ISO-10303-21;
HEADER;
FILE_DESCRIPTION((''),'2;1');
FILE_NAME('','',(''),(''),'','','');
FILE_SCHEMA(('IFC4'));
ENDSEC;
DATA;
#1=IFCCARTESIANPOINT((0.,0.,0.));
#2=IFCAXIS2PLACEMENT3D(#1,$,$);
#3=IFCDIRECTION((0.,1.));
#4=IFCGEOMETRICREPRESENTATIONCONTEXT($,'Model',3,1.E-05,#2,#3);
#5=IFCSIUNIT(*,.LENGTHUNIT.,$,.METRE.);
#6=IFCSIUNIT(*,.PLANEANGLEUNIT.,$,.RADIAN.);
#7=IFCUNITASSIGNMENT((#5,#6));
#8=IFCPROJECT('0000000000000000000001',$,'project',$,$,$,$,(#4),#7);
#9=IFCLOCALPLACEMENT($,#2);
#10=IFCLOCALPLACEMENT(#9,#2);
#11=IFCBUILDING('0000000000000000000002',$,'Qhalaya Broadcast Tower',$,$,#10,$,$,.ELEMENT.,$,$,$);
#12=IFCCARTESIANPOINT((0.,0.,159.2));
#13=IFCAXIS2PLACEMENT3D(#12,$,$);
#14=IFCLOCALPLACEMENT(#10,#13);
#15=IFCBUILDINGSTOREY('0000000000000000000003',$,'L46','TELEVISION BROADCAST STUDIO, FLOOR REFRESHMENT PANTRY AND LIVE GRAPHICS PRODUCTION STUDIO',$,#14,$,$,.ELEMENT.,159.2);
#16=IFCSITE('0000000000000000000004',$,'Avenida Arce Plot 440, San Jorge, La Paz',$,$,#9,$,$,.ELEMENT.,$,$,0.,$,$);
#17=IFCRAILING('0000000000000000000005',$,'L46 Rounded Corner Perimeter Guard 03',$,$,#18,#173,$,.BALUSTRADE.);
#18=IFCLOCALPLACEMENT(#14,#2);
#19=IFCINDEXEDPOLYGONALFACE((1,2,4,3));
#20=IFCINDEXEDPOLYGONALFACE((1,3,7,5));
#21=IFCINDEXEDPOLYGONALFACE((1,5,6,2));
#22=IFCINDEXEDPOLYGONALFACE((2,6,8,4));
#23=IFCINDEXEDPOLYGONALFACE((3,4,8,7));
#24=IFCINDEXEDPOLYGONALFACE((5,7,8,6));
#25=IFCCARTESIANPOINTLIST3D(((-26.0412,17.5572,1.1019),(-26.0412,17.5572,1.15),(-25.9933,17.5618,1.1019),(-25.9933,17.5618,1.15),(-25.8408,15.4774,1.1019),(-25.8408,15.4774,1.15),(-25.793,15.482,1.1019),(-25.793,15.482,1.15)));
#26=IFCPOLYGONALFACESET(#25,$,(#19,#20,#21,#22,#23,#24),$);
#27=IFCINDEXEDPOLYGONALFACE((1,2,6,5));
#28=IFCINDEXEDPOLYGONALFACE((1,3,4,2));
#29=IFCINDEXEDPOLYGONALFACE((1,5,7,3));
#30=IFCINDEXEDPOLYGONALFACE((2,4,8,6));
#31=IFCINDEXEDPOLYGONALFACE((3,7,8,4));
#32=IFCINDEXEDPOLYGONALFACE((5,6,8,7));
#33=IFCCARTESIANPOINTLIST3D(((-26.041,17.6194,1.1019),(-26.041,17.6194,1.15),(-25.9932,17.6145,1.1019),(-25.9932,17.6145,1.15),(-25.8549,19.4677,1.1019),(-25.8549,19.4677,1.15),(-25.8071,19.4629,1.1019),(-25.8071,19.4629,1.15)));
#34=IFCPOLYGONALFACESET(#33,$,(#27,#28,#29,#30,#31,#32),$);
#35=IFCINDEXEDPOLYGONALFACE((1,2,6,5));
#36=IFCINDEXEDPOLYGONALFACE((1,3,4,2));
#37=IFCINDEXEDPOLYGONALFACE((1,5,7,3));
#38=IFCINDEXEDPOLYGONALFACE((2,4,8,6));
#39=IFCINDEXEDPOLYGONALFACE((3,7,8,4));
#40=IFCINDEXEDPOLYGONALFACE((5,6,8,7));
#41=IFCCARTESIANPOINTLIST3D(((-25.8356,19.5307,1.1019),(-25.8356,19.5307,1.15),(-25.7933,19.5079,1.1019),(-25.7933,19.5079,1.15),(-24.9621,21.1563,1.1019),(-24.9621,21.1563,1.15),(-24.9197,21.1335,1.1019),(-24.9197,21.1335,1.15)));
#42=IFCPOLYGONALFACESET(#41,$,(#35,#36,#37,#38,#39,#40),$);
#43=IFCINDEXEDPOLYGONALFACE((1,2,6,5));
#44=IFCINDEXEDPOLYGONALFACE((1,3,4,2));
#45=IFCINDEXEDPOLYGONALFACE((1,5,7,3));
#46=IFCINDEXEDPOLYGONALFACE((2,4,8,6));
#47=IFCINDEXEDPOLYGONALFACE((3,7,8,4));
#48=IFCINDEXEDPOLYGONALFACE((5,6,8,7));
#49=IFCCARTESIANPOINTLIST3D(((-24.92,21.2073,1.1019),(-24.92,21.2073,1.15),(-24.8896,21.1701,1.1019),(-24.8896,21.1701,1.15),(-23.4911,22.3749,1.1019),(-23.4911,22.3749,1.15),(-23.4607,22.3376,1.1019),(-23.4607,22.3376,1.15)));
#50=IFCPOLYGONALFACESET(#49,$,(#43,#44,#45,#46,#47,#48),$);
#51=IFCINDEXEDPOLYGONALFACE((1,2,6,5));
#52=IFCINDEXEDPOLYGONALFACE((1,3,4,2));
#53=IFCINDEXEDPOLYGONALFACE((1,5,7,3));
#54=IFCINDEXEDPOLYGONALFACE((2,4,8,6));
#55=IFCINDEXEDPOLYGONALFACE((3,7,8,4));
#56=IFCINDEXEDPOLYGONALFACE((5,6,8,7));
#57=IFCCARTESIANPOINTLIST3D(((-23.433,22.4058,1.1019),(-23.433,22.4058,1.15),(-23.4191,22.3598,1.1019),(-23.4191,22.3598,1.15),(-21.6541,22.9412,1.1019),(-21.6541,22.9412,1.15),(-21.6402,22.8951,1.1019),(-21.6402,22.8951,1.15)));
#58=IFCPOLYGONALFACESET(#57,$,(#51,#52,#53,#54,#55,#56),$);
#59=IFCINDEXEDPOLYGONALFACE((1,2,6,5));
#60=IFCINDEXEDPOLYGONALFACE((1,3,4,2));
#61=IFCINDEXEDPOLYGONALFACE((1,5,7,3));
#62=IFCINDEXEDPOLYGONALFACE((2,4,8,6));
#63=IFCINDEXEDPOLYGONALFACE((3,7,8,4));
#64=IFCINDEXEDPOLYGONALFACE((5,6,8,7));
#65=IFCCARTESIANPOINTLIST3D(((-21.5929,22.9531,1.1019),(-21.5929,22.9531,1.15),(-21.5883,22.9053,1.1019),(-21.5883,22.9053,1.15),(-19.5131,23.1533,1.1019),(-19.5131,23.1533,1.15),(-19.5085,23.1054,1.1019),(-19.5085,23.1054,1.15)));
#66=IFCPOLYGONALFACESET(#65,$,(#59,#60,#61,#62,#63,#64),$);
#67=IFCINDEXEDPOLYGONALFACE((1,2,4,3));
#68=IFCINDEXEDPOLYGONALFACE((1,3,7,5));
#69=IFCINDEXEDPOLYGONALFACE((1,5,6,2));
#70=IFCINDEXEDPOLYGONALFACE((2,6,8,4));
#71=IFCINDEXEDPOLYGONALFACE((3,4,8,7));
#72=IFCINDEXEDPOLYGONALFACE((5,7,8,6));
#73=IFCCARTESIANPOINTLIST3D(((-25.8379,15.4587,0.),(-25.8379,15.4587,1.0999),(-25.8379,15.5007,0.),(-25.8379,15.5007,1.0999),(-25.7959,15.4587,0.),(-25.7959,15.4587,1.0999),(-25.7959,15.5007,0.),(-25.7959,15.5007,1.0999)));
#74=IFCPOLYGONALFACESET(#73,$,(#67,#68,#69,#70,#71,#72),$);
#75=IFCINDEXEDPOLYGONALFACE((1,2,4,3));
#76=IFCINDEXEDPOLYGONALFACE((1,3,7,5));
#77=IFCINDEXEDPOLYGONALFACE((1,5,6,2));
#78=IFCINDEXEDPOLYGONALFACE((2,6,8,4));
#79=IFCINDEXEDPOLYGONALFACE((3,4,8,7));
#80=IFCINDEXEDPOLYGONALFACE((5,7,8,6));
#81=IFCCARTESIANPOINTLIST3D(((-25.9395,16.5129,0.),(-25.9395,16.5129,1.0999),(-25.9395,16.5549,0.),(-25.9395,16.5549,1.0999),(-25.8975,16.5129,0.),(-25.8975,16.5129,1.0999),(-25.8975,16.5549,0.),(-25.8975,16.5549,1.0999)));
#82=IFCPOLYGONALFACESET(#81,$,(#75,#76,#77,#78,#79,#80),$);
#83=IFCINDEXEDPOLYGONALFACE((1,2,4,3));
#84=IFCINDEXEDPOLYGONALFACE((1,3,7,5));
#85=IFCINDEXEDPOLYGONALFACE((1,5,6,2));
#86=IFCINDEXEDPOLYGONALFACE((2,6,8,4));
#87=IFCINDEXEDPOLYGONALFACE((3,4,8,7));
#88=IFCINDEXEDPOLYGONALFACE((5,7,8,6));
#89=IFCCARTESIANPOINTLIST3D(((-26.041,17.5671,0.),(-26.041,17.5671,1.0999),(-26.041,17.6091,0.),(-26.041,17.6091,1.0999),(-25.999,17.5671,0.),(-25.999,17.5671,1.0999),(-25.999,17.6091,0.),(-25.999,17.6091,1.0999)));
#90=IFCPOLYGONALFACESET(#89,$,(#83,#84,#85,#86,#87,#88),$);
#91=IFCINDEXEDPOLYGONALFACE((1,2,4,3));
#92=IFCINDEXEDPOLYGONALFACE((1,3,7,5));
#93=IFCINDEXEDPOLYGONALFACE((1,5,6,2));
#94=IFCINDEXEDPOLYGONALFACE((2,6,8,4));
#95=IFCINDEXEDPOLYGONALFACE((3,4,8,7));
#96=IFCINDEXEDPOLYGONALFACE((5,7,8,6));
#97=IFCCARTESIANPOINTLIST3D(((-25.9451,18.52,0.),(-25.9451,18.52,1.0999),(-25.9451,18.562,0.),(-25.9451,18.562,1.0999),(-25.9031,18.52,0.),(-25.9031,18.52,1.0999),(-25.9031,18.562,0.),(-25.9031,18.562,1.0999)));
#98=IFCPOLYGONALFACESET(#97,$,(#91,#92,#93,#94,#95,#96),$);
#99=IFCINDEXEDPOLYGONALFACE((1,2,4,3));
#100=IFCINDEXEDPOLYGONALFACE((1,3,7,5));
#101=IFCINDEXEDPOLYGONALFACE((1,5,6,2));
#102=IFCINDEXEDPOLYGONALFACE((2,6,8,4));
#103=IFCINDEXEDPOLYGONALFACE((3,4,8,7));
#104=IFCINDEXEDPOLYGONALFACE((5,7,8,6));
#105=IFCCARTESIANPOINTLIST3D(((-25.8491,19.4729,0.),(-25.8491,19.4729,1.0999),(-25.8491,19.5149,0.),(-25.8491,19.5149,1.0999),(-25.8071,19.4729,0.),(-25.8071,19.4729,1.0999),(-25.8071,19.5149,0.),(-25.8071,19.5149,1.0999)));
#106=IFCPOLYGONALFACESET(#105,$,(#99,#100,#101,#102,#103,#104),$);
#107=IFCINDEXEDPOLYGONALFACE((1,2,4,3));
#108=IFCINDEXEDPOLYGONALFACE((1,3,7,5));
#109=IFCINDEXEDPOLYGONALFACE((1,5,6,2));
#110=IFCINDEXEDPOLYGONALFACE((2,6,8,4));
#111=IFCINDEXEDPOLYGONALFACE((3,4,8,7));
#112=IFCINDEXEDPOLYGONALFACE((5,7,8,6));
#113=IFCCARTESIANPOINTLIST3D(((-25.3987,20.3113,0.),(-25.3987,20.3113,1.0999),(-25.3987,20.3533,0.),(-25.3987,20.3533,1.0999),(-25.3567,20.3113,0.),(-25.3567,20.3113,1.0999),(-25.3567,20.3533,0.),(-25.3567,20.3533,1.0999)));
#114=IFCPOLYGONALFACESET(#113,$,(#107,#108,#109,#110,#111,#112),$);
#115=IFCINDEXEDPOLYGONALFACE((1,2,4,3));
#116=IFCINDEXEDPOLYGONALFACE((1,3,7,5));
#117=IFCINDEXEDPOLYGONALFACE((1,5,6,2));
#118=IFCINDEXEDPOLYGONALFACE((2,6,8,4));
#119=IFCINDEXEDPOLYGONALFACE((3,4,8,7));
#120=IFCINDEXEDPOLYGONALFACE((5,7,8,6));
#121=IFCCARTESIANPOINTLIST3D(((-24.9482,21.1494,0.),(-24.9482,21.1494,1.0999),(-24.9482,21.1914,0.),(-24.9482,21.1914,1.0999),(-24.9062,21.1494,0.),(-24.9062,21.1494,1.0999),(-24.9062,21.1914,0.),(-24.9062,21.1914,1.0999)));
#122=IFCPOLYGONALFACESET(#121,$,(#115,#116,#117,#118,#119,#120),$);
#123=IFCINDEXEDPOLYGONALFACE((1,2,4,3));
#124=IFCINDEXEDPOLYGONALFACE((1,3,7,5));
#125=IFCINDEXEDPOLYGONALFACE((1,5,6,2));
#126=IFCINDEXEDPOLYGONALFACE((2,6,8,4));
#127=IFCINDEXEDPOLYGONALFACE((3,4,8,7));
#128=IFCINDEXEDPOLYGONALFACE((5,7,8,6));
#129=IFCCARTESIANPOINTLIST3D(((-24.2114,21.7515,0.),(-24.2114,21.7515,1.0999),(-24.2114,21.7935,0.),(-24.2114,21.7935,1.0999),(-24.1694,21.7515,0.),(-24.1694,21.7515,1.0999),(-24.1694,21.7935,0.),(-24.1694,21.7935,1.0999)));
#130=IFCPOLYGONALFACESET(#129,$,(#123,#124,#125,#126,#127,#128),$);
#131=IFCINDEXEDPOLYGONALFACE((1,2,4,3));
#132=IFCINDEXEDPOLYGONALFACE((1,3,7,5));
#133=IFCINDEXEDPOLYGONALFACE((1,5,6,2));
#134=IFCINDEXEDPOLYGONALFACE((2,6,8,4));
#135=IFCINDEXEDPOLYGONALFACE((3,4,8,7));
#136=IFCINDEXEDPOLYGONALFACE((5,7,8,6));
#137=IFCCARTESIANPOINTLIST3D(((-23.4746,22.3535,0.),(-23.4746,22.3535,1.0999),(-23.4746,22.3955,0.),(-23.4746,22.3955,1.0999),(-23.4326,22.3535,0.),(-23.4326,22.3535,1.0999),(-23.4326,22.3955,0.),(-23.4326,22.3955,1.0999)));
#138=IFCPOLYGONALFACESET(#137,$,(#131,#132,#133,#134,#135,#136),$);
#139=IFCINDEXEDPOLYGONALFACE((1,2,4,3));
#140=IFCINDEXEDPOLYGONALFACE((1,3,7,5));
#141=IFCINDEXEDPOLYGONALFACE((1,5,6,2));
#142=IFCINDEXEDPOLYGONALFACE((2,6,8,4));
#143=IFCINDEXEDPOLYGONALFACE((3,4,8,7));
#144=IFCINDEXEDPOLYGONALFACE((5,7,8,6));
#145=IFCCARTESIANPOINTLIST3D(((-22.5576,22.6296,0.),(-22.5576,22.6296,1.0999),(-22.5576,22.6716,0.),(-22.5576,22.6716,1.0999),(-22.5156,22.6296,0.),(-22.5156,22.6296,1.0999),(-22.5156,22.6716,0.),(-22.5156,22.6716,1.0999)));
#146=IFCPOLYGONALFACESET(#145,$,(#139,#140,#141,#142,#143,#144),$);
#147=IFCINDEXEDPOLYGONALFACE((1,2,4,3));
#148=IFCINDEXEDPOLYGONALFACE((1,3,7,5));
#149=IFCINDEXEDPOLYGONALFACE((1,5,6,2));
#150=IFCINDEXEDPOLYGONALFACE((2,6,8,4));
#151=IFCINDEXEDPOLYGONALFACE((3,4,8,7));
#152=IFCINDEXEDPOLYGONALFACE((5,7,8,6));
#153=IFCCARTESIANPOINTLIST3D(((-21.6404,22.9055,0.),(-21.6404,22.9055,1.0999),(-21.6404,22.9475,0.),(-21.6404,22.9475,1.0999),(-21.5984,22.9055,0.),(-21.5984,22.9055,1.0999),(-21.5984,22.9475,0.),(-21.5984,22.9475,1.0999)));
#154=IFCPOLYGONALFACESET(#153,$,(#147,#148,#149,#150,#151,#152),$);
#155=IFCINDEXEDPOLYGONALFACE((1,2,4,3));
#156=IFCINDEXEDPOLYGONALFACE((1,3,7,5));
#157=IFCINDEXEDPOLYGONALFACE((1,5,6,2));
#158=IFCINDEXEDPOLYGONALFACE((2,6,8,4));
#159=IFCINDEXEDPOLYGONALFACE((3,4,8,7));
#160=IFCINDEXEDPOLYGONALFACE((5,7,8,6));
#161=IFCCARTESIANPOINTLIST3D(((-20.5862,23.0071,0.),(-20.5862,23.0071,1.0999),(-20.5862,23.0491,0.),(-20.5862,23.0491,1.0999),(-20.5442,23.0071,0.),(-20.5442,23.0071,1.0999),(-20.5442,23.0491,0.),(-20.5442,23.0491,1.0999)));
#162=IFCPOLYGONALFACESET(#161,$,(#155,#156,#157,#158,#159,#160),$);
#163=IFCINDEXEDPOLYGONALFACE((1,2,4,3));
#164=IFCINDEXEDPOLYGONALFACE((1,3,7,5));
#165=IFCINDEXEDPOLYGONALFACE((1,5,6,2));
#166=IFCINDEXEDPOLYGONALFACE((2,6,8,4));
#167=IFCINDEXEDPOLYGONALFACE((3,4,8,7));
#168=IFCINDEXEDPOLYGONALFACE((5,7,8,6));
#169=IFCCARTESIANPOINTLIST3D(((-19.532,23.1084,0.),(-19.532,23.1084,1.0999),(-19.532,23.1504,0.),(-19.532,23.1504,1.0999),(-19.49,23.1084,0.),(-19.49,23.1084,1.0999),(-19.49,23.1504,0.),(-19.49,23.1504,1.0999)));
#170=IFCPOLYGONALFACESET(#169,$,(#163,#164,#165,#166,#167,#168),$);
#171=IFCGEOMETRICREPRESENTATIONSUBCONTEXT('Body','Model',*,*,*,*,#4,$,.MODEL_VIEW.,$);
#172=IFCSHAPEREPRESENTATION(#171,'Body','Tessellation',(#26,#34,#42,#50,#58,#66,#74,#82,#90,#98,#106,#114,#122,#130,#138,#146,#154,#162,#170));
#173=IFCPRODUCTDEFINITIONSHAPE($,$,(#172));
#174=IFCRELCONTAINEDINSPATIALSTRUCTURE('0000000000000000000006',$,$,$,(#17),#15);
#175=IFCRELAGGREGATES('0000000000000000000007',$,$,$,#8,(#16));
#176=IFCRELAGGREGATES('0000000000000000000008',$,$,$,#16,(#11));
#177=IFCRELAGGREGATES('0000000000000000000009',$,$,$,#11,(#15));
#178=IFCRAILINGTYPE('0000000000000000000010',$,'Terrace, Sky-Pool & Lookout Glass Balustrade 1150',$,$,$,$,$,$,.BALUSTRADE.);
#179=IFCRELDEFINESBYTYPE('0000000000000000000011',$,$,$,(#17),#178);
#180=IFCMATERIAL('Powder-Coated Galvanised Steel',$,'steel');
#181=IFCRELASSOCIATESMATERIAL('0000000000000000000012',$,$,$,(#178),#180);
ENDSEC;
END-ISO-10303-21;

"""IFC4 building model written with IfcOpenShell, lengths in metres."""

from ifc_helpers import new_model, si_unit, direction, frame, origin, origin_2d, place, context, subcontext, project, spatial, rectangle, extrude, material, type_object, element, save


model = new_model("IFC4")

# Units and contexts
model_context = context("Model", 3, precision=1e-05, world=origin(), true_north=direction((0.0, 1.0)))
body_context = subcontext(model_context, "Body", "Model", "MODEL_VIEW")
ifc_project = project(units=[si_unit("LENGTHUNIT", "METRE"), si_unit("PLANEANGLEUNIT", "RADIAN")], contexts=[model_context])

# Site, building, storey
site_placement = place(None, origin())
site = spatial("IfcSite", under=ifc_project, at=site_placement, Name="Avenida Arce Plot 440, San Jorge, La Paz", CompositionType="ELEMENT", RefElevation=0.0)
building_placement = place(site_placement, origin())
building = spatial("IfcBuilding", under=site, at=building_placement, Name="Qhalaya Broadcast Tower", CompositionType="ELEMENT")
storey_placement = place(building_placement, frame((0.0, 0.0, 159.2)))
storey = spatial("IfcBuildingStorey", under=building, at=storey_placement, Name="L46", Description="TELEVISION BROADCAST STUDIO, FLOOR REFRESHMENT PANTRY AND LIVE GRAPHICS PRODUCTION STUDIO", CompositionType="ELEMENT", Elevation=159.2)

# Railing
ifc_material_1 = material(Name="Powder-Coated Galvanised Steel", Category="steel")
railing_type = type_object("IfcRailingType", Name="Terrace, Sky-Pool & Lookout Glass Balustrade 1150", PredefinedType="BALUSTRADE", material=ifc_material_1)
railing_placement = place(storey_placement, frame((-25.8169, 15.4797, 0.0)))
element("IfcRailing", 1, at=railing_placement, inside=storey, type_object=railing_type, Name="L46 Rounded Corner Perimeter Guard 03", PredefinedType="BALUSTRADE", context=body_context, shape_type="SweptSolid", body=[
    extrude(rectangle(XDim=0.0481, YDim=0.0481, at=origin_2d()), frame((0.0, 0.0, 1.126), z_axis=(-0.095897, 0.995391, 0.0), x_axis=(-0.995391, -0.095897, 0.0)), (0.0, 0.0, 1.0), 2.0894),
    extrude(rectangle(XDim=0.0481, YDim=0.0481, at=origin_2d()), frame((-0.2002, 2.1372, 1.126), z_axis=(0.100185, 0.994969, 0.0), x_axis=(-0.994969, 0.100185, 0.0)), (0.0, 0.0, 1.0), 1.8577),
    extrude(rectangle(XDim=0.0481, YDim=0.0481, at=origin_2d()), frame((0.0024, 4.0396, 1.126), z_axis=(0.473342, 0.880879, 0.0), x_axis=(-0.880879, 0.473342, 0.0)), (0.0, 0.0, 1.0), 1.8455),
    extrude(rectangle(XDim=0.0481, YDim=0.0481, at=origin_2d()), frame((0.9121, 5.709, 1.126), z_axis=(0.774369, 0.632735, 0.0), x_axis=(-0.632735, 0.774369, 0.0)), (0.0, 0.0, 1.0), 1.8452),
    extrude(rectangle(XDim=0.0481, YDim=0.0481, at=origin_2d()), frame((2.3909, 6.9031, 1.126), z_axis=(0.957577, 0.288178, 0.0), x_axis=(-0.288178, 0.957577, 0.0)), (0.0, 0.0, 1.0), 1.8577),
    extrude(rectangle(XDim=0.0481, YDim=0.0481, at=origin_2d()), frame((4.2263, 7.4495, 1.126), z_axis=(0.995402, 0.095783, 0.0), x_axis=(-0.095783, 0.995402, 0.0)), (0.0, 0.0, 1.0), 2.0894),
    extrude(rectangle(XDim=0.042, YDim=0.042, at=origin_2d()), origin(), (0.0, 0.0, 1.0), 1.0999),
    extrude(rectangle(XDim=0.042, YDim=0.042, at=origin_2d()), frame((-0.1016, 1.0542, 0.0)), (0.0, 0.0, 1.0), 1.0999),
    extrude(rectangle(XDim=0.042, YDim=0.042, at=origin_2d()), frame((-0.2031, 2.1084, 0.0)), (0.0, 0.0, 1.0), 1.0999),
    extrude(rectangle(XDim=0.042, YDim=0.042, at=origin_2d()), frame((-0.1072, 3.0613, 0.0)), (0.0, 0.0, 1.0), 1.0999),
    extrude(rectangle(XDim=0.042, YDim=0.042, at=origin_2d()), frame((-0.0112, 4.0142, 0.0)), (0.0, 0.0, 1.0), 1.0999),
    extrude(rectangle(XDim=0.042, YDim=0.042, at=origin_2d()), frame((0.4392, 4.8525, 0.0)), (0.0, 0.0, 1.0), 1.0999),
    extrude(rectangle(XDim=0.042, YDim=0.042, at=origin_2d()), frame((0.8896, 5.6907, 0.0)), (0.0, 0.0, 1.0), 1.0999),
    extrude(rectangle(XDim=0.042, YDim=0.042, at=origin_2d()), frame((1.6265, 6.2927, 0.0)), (0.0, 0.0, 1.0), 1.0999),
    extrude(rectangle(XDim=0.042, YDim=0.042, at=origin_2d()), frame((2.3633, 6.8948, 0.0)), (0.0, 0.0, 1.0), 1.0999),
    extrude(rectangle(XDim=0.042, YDim=0.042, at=origin_2d()), frame((3.2803, 7.1709, 0.0)), (0.0, 0.0, 1.0), 1.0999),
    extrude(rectangle(XDim=0.042, YDim=0.042, at=origin_2d()), frame((4.1975, 7.4468, 0.0)), (0.0, 0.0, 1.0), 1.0999),
    extrude(rectangle(XDim=0.042, YDim=0.042, at=origin_2d()), frame((5.2517, 7.5483, 0.0)), (0.0, 0.0, 1.0), 1.0999),
    extrude(rectangle(XDim=0.042, YDim=0.042, at=origin_2d()), frame((6.3059, 7.6497, 0.0)), (0.0, 0.0, 1.0), 1.0999),
])

save(model, "model.ifc")
